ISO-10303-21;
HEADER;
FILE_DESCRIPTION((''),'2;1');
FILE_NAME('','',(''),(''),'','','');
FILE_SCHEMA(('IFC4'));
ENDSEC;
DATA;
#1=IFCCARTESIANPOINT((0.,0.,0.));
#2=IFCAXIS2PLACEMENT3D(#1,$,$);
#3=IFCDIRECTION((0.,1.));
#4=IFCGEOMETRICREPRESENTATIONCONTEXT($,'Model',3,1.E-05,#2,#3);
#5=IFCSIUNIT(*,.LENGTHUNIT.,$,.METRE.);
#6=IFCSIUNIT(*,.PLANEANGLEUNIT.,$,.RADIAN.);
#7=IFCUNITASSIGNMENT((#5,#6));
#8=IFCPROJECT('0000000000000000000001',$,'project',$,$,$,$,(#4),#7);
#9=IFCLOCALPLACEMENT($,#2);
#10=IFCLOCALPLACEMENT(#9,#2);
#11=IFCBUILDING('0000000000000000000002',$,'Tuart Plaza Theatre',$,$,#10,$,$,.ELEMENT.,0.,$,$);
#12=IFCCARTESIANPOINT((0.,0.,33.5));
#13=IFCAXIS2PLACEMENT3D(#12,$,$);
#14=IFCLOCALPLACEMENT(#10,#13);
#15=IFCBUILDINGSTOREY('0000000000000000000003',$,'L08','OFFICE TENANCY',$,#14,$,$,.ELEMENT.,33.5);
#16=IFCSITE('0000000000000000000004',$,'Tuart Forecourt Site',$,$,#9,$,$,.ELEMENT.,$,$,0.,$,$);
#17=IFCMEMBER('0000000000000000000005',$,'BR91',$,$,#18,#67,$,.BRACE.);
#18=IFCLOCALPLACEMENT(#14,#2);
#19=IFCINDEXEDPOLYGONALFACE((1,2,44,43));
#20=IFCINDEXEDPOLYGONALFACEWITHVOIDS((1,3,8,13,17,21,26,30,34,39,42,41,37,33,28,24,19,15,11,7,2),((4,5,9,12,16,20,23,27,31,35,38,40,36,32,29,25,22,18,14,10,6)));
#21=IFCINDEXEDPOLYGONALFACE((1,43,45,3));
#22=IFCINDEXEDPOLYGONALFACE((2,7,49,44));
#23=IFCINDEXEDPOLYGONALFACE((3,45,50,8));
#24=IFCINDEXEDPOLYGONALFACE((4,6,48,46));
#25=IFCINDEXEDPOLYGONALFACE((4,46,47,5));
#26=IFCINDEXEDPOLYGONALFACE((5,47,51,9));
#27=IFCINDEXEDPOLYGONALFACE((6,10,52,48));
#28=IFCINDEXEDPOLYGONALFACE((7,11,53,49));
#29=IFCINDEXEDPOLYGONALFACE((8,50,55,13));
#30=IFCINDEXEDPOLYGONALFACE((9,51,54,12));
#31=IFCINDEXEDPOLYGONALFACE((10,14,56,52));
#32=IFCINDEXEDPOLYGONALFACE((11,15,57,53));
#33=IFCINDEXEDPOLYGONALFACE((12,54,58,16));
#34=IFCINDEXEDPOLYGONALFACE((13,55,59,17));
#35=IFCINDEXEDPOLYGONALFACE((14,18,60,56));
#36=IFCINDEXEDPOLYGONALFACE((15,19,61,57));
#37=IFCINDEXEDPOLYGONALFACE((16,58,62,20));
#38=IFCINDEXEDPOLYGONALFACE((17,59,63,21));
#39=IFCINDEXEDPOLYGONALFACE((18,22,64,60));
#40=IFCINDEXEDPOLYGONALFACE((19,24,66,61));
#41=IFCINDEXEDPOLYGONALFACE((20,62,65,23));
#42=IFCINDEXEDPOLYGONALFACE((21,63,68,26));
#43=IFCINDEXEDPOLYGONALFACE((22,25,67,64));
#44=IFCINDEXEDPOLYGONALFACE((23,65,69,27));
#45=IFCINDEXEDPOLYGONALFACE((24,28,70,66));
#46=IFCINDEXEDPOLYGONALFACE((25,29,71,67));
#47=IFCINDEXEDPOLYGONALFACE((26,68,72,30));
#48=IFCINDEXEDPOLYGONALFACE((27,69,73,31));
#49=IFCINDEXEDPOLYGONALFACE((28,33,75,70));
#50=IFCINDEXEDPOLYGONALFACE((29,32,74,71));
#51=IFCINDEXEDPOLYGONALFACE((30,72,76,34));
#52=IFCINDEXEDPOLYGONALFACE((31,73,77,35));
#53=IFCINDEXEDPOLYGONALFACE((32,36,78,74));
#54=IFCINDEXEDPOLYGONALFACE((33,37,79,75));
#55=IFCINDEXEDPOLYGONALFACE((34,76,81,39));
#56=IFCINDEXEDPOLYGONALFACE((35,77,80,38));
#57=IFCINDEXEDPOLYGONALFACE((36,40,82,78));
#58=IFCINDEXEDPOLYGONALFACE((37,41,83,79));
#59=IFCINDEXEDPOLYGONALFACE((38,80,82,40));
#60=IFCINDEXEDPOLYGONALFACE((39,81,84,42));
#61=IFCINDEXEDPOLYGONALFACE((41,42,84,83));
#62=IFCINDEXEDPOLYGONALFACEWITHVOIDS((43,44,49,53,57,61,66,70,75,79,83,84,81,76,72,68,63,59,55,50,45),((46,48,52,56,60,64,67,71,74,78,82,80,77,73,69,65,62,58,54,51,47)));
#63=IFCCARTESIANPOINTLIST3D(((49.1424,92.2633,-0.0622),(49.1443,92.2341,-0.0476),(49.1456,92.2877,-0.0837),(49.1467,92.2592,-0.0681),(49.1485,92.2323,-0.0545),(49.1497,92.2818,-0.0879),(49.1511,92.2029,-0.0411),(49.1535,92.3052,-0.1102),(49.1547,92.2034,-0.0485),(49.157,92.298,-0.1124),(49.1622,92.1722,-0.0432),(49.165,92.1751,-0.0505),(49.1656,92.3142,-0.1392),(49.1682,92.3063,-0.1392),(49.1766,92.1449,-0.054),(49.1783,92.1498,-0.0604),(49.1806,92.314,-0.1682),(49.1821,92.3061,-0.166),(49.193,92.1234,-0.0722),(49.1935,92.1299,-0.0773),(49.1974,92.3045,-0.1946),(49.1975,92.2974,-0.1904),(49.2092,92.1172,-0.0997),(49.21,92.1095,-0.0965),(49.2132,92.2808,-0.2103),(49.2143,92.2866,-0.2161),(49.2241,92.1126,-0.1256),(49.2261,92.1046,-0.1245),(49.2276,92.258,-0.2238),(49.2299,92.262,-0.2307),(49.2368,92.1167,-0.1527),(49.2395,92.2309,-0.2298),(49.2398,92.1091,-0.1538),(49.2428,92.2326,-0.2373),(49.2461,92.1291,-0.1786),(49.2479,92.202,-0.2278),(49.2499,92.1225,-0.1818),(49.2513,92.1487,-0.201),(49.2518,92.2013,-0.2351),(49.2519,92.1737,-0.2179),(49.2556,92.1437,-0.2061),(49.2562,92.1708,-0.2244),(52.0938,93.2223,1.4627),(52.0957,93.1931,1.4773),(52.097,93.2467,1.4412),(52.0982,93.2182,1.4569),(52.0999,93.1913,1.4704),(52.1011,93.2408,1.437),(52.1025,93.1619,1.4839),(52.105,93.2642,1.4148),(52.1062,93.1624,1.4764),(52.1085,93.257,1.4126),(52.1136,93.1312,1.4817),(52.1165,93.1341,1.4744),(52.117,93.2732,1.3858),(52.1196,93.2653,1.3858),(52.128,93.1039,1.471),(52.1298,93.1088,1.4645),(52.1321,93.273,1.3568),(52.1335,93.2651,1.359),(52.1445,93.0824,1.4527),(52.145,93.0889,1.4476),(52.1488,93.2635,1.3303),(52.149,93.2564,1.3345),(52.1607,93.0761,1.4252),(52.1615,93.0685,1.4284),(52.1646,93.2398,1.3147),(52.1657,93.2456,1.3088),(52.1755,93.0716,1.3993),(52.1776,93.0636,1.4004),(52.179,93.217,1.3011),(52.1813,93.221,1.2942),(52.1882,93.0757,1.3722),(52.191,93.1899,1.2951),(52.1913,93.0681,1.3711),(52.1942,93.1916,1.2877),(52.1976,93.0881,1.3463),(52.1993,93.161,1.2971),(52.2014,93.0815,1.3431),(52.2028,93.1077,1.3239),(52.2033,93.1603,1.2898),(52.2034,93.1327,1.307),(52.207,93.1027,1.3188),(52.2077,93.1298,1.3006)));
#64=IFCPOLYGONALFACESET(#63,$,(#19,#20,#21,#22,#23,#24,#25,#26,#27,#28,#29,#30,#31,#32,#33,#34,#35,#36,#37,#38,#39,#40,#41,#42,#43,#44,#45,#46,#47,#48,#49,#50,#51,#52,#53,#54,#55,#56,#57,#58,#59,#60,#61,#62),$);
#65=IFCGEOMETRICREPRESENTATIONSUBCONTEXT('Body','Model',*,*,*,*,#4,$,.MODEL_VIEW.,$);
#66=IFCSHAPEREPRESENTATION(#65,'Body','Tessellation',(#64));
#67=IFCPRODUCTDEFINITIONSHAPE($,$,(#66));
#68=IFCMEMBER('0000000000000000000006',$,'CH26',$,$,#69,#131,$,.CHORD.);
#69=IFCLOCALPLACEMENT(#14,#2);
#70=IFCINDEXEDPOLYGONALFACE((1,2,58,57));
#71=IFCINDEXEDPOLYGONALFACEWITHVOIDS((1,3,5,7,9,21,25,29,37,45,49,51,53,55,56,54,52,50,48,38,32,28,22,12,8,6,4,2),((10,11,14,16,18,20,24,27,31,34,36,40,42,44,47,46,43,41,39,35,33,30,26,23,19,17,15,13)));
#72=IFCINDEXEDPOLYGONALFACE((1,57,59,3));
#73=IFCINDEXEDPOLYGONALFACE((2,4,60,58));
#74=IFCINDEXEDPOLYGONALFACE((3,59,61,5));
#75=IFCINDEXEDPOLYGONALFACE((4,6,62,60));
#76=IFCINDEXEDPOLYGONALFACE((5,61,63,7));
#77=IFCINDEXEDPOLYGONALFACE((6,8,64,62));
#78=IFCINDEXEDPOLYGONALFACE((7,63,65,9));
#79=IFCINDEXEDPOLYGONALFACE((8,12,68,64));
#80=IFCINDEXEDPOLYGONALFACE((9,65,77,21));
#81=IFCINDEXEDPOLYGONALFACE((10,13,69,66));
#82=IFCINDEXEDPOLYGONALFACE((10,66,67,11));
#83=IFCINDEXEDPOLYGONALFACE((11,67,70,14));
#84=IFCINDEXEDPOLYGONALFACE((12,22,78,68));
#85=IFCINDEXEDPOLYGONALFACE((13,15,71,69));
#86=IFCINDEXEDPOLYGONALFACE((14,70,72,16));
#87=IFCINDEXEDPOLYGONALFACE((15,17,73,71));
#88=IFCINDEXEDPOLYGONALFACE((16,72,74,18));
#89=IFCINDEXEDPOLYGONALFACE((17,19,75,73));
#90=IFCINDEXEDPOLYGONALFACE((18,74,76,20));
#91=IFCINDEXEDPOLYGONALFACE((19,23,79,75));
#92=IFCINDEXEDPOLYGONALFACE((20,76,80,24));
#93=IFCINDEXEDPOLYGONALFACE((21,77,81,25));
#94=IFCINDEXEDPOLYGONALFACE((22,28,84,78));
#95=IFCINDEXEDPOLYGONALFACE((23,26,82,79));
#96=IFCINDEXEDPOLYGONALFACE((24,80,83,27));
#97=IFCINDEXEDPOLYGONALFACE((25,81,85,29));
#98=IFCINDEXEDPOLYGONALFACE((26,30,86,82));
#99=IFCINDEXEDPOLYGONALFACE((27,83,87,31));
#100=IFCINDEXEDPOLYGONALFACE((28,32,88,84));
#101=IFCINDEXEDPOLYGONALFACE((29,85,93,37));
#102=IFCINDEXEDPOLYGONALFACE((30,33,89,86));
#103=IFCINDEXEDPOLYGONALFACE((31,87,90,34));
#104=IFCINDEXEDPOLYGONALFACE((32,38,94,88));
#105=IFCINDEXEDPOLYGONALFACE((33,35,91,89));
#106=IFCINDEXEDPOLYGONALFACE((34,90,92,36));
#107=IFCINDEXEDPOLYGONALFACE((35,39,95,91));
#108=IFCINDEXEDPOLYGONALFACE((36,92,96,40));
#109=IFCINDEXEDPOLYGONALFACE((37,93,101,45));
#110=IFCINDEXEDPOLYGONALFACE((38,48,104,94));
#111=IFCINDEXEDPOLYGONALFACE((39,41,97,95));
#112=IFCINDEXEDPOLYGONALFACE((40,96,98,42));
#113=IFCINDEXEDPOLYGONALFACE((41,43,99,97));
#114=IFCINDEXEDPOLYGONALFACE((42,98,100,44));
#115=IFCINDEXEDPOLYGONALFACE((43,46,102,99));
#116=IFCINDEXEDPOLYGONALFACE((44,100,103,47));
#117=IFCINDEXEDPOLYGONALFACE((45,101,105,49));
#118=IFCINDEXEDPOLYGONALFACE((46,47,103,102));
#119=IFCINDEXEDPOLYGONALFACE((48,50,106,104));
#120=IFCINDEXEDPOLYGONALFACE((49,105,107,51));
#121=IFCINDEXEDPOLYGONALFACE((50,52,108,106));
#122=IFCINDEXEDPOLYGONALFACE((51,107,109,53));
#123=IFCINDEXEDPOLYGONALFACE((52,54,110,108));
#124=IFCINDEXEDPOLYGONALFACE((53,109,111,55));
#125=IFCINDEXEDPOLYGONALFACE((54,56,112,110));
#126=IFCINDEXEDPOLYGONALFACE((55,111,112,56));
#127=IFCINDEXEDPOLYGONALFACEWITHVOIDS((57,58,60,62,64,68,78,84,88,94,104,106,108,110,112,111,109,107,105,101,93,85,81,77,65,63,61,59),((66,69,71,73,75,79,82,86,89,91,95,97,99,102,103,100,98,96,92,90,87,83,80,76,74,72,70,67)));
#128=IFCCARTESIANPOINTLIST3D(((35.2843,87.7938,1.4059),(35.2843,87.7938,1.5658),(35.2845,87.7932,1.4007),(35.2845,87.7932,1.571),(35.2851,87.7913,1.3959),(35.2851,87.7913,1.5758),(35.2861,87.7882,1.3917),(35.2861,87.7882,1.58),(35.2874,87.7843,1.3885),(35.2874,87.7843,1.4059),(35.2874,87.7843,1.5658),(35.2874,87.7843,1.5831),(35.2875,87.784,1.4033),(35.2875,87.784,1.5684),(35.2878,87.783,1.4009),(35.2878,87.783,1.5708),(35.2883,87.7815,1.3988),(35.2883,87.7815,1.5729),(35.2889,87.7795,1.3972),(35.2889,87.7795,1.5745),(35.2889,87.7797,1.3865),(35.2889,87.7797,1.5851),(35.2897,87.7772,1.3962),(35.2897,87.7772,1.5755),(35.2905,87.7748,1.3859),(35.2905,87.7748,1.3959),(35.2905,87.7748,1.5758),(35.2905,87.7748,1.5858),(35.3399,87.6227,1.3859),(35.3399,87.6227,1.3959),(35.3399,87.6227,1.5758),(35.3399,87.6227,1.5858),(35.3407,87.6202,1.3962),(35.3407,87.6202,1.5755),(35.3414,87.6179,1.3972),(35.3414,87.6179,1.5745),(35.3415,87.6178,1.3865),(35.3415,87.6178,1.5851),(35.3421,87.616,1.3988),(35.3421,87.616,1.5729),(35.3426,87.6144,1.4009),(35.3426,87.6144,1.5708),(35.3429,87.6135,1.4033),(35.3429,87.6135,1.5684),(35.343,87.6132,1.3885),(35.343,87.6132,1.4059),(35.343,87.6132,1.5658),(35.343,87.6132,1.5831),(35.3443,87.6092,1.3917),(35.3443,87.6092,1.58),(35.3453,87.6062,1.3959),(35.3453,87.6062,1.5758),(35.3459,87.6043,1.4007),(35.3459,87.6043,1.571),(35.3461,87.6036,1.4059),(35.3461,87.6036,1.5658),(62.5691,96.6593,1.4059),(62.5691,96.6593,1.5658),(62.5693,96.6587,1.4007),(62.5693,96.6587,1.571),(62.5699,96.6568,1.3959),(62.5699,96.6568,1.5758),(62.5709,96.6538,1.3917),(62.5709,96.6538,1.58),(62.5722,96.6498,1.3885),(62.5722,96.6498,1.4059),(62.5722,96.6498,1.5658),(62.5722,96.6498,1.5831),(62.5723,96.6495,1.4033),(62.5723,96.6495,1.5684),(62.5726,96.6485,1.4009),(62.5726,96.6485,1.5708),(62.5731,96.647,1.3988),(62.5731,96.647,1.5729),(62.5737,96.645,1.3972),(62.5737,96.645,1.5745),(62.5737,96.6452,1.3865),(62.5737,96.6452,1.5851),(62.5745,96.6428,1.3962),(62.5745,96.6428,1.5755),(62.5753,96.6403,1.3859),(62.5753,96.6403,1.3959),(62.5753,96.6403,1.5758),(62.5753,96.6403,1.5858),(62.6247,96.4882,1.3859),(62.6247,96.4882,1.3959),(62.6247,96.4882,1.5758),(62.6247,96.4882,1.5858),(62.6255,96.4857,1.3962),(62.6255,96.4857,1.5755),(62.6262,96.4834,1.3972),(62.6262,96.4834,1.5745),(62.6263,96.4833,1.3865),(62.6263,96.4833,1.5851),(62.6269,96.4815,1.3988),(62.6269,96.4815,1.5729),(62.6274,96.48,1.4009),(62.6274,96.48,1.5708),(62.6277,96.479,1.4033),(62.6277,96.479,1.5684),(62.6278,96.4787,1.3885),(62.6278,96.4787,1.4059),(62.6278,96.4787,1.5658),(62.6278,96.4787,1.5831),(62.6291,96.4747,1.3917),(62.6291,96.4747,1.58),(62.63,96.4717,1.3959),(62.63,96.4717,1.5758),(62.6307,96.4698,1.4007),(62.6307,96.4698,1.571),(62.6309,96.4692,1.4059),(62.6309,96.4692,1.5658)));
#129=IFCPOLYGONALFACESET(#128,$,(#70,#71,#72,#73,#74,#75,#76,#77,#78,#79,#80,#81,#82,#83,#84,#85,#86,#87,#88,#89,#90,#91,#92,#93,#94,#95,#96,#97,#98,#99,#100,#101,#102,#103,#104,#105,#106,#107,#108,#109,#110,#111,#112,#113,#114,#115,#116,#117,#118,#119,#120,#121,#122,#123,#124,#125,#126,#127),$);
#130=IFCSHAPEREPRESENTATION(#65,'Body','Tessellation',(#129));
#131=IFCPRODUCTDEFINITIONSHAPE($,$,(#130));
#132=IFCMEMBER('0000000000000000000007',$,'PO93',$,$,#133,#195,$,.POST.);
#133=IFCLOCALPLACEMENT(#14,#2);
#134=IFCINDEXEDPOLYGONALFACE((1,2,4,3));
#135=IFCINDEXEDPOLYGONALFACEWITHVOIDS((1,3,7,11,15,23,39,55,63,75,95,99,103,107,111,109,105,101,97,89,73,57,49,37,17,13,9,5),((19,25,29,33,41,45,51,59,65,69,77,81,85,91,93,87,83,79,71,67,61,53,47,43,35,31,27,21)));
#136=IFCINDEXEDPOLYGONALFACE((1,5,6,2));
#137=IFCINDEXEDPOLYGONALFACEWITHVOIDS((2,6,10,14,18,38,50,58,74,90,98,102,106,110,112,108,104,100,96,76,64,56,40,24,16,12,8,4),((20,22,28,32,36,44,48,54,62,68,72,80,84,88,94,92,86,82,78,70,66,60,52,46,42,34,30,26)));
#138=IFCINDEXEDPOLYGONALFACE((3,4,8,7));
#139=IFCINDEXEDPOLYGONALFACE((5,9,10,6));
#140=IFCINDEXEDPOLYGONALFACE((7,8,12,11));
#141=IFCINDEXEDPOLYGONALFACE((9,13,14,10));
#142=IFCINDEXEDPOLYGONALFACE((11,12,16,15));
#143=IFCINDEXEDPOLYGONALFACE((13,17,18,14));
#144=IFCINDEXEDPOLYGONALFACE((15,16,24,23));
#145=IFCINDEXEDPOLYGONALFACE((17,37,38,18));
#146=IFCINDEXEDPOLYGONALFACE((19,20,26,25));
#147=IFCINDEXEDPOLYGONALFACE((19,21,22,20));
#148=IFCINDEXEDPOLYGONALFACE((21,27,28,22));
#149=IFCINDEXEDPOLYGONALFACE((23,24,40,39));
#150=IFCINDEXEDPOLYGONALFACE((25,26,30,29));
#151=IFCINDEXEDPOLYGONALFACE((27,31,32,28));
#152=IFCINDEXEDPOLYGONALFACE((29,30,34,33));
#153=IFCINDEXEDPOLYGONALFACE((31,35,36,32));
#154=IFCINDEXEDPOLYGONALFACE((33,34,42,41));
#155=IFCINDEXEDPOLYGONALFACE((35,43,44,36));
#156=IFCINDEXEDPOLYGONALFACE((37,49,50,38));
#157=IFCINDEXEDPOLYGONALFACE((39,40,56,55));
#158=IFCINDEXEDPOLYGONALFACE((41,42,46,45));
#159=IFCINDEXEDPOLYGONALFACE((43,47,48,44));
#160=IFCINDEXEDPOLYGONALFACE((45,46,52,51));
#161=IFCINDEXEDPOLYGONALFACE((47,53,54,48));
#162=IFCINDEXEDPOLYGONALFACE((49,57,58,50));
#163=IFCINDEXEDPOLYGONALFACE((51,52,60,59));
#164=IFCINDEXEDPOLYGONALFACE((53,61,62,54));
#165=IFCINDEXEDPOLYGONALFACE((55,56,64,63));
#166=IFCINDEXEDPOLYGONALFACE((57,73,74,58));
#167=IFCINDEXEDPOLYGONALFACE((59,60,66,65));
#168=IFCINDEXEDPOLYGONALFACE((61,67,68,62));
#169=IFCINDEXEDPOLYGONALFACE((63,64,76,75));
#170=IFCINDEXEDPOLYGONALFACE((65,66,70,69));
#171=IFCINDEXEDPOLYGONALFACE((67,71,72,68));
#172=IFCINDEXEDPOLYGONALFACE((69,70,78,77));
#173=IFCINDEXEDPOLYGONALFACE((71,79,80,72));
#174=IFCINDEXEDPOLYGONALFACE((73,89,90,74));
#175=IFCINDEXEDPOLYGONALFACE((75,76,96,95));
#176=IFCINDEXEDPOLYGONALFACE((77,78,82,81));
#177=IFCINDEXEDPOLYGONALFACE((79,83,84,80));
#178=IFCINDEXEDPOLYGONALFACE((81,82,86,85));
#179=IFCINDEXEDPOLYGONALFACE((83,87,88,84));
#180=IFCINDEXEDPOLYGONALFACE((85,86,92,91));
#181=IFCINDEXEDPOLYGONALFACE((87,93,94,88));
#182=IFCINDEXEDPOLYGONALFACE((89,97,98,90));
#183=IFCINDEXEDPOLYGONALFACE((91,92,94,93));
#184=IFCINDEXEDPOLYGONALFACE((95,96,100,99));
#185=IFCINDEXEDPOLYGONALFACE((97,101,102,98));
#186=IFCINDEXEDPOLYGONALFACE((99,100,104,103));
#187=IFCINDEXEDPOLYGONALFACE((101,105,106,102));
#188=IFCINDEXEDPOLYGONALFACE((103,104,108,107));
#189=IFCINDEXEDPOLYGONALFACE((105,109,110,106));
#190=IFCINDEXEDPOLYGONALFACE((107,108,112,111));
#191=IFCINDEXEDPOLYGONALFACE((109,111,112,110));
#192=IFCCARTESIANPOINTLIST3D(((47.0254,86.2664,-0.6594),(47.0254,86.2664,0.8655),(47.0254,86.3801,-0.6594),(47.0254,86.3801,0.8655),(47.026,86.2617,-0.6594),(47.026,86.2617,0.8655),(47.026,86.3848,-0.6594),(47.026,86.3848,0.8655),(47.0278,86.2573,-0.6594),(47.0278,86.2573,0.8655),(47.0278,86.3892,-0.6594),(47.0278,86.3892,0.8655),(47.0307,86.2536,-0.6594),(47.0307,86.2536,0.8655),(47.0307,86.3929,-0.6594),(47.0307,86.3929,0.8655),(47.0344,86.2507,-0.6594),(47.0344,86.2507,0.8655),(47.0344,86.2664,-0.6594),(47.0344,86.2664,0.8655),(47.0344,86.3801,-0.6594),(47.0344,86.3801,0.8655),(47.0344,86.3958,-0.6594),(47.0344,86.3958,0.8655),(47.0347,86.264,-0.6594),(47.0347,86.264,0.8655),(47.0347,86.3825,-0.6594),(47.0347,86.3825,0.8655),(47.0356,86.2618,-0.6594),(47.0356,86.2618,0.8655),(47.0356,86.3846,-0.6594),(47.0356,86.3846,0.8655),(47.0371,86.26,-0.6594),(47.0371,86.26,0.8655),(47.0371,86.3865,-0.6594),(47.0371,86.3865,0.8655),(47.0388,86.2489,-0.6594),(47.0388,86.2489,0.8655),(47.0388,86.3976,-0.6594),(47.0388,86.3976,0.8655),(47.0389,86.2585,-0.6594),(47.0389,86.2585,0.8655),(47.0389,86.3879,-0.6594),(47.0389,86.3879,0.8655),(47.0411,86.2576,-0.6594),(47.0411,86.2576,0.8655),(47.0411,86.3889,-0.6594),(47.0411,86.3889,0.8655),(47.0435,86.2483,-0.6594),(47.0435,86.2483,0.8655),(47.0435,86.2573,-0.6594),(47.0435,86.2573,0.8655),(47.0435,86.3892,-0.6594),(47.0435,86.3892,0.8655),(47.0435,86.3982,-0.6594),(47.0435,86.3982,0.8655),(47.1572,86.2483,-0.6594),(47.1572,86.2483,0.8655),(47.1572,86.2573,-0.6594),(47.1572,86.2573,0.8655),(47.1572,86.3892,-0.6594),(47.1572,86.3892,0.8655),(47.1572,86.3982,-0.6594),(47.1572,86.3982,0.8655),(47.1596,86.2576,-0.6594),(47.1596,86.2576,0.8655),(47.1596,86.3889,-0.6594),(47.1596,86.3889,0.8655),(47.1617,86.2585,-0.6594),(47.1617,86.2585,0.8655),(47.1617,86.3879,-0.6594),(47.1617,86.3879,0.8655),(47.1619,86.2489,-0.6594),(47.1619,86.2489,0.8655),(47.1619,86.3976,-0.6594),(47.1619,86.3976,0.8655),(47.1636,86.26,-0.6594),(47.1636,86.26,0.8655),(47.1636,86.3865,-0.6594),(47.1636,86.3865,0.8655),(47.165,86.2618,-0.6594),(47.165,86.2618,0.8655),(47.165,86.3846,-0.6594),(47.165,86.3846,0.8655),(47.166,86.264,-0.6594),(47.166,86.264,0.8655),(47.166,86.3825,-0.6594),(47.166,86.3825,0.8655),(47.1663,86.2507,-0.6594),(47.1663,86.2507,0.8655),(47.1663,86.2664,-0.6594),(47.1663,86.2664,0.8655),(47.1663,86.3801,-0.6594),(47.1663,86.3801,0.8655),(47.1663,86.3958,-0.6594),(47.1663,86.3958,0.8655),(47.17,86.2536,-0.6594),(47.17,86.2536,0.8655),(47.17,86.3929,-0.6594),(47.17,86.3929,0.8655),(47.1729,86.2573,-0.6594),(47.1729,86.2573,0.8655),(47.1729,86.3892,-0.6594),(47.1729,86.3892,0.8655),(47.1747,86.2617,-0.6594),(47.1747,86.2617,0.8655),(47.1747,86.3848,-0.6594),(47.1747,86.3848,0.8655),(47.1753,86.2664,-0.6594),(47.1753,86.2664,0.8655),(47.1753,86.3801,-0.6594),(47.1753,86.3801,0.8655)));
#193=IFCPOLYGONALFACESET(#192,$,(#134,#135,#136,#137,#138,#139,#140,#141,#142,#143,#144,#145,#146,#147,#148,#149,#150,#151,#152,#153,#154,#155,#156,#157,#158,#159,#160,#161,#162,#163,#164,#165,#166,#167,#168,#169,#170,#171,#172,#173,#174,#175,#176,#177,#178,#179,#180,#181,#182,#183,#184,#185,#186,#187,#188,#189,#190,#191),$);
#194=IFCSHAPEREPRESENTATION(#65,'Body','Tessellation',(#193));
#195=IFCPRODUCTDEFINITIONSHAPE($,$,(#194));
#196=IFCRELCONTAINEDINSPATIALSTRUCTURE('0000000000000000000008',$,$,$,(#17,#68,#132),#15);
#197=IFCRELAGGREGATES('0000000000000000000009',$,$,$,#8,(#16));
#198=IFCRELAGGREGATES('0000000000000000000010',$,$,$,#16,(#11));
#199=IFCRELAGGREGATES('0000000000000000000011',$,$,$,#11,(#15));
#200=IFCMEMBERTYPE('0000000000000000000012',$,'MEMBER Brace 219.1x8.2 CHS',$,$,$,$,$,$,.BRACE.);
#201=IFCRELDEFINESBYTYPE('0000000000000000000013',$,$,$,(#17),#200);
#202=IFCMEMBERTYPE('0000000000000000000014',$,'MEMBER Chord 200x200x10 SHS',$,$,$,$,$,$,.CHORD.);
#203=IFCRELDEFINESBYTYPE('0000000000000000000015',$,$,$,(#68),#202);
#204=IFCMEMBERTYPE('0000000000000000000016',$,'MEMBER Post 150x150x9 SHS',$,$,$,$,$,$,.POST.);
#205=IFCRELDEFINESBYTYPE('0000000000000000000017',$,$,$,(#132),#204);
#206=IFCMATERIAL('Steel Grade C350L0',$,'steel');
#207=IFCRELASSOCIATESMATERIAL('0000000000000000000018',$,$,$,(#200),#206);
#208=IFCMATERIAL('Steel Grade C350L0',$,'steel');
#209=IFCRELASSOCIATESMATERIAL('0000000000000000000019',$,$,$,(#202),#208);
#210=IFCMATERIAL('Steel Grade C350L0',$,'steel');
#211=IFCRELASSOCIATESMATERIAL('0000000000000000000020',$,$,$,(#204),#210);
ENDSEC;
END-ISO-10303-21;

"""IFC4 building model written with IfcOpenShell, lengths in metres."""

from ifc_helpers import new_model, si_unit, direction, frame, origin, origin_2d, place, context, subcontext, project, spatial, hollow_rectangle, hollow_circle, extrude, material, material_profile, profile_set, type_object, element, save


model = new_model("IFC4")

# Units and contexts
model_context = context("Model", 3, precision=1e-05, world=origin(), true_north=direction((0.0, 1.0)))
body_context = subcontext(model_context, "Body", "Model", "MODEL_VIEW")
ifc_project = project(units=[si_unit("LENGTHUNIT", "METRE"), si_unit("PLANEANGLEUNIT", "RADIAN")], contexts=[model_context])

# Site, building, storey
site_placement = place(None, origin())
site = spatial("IfcSite", under=ifc_project, at=site_placement, Name="Tuart Forecourt Site", CompositionType="ELEMENT", RefElevation=0.0)
building_placement = place(site_placement, origin())
building = spatial("IfcBuilding", under=site, at=building_placement, Name="Tuart Plaza Theatre", CompositionType="ELEMENT", ElevationOfRefHeight=0.0)
storey_placement = place(building_placement, frame((0.0, 0.0, 33.5)))
storey = spatial("IfcBuildingStorey", under=building, at=storey_placement, Name="L08", Description="OFFICE TENANCY", CompositionType="ELEMENT", Elevation=33.5)

# Members
ifc_material_1 = material(Name="Steel Grade C350L0", Category="steel")
ifc_material_profile_1 = material_profile(ifc_material_1, hollow_circle(Radius=0.1096, WallThickness=0.0083, at=origin_2d()), Name="219.1x8.2 CHS")
ifc_profile_set_1 = profile_set([ifc_material_profile_1], Name="Steel Grade C350L0")
member_type_1 = type_object("IfcMemberType", Name="MEMBER Brace 219.1x8.2 CHS", PredefinedType="BRACE", material=ifc_profile_set_1)
for number, where, z_axis, x_axis, name in (
    (1, (49.1995, 92.21, -0.1392), (0.853573, 0.277346, 0.441014), (-0.30902, 0.951055, 0.0), "BR91"),
):
    element("IfcMember", number, at=place(storey_placement, frame(where, z_axis=z_axis, x_axis=x_axis)), inside=storey, type_object=member_type_1, Name=name, PredefinedType="BRACE", context=body_context, shape_type="SweptSolid", body=[
        extrude(hollow_circle(Radius=0.1096, WallThickness=0.0083, at=origin_2d()), origin(), (0.0, 0.0, 1.0), 3.4578),
    ])
ifc_material_2 = material(Name="Steel Grade C350L0", Category="steel")
ifc_material_profile_2 = material_profile(ifc_material_2, hollow_rectangle(XDim=0.2, YDim=0.2, WallThickness=0.01, InnerFilletRadius=0.01, OuterFilletRadius=0.02, at=origin_2d()), Name="200x200x10 SHS")
ifc_profile_set_2 = profile_set([ifc_material_profile_2], Name="Steel Grade C350L0")
member_type_2 = type_object("IfcMemberType", Name="MEMBER Chord 200x200x10 SHS", PredefinedType="CHORD", material=ifc_profile_set_2)
member_1_placement = place(storey_placement, frame((35.3152, 87.6987, 1.4858), z_axis=(0.951055, 0.309022, 0.0), x_axis=(-0.309022, 0.951055, 0.0)))
element("IfcMember", 2, at=member_1_placement, inside=storey, type_object=member_type_2, Name="CH26", PredefinedType="CHORD", context=body_context, shape_type="SweptSolid", body=[
    extrude(hollow_rectangle(XDim=0.2, YDim=0.2, WallThickness=0.01, InnerFilletRadius=0.01, OuterFilletRadius=0.02, at=origin_2d()), origin(), (0.0, 0.0, 1.0), 28.689),
])
ifc_material_3 = material(Name="Steel Grade C350L0", Category="steel")
ifc_material_profile_3 = material_profile(ifc_material_3, hollow_rectangle(XDim=0.1499, YDim=0.1499, WallThickness=0.009, InnerFilletRadius=0.009, OuterFilletRadius=0.0181, at=origin_2d()), Name="150x150x9 SHS")
ifc_profile_set_3 = profile_set([ifc_material_profile_3], Name="Steel Grade C350L0")
member_type_3 = type_object("IfcMemberType", Name="MEMBER Post 150x150x9 SHS", PredefinedType="POST", material=ifc_profile_set_3)
for number, where, z_axis, x_axis, name in (
    (3, (47.1003, 86.3232, -0.6594), (0.0, 0.0, 1.0), (1.0, 0.0, 0.0), "PO93"),
):
    element("IfcMember", number, at=place(storey_placement, frame(where, z_axis=z_axis, x_axis=x_axis)), inside=storey, type_object=member_type_3, Name=name, PredefinedType="POST", context=body_context, shape_type="SweptSolid", body=[
        extrude(hollow_rectangle(XDim=0.1499, YDim=0.1499, WallThickness=0.009, InnerFilletRadius=0.009, OuterFilletRadius=0.0181, at=origin_2d()), origin(), (0.0, 0.0, 1.0), 1.5249),
    ])

save(model, "model.ifc")
